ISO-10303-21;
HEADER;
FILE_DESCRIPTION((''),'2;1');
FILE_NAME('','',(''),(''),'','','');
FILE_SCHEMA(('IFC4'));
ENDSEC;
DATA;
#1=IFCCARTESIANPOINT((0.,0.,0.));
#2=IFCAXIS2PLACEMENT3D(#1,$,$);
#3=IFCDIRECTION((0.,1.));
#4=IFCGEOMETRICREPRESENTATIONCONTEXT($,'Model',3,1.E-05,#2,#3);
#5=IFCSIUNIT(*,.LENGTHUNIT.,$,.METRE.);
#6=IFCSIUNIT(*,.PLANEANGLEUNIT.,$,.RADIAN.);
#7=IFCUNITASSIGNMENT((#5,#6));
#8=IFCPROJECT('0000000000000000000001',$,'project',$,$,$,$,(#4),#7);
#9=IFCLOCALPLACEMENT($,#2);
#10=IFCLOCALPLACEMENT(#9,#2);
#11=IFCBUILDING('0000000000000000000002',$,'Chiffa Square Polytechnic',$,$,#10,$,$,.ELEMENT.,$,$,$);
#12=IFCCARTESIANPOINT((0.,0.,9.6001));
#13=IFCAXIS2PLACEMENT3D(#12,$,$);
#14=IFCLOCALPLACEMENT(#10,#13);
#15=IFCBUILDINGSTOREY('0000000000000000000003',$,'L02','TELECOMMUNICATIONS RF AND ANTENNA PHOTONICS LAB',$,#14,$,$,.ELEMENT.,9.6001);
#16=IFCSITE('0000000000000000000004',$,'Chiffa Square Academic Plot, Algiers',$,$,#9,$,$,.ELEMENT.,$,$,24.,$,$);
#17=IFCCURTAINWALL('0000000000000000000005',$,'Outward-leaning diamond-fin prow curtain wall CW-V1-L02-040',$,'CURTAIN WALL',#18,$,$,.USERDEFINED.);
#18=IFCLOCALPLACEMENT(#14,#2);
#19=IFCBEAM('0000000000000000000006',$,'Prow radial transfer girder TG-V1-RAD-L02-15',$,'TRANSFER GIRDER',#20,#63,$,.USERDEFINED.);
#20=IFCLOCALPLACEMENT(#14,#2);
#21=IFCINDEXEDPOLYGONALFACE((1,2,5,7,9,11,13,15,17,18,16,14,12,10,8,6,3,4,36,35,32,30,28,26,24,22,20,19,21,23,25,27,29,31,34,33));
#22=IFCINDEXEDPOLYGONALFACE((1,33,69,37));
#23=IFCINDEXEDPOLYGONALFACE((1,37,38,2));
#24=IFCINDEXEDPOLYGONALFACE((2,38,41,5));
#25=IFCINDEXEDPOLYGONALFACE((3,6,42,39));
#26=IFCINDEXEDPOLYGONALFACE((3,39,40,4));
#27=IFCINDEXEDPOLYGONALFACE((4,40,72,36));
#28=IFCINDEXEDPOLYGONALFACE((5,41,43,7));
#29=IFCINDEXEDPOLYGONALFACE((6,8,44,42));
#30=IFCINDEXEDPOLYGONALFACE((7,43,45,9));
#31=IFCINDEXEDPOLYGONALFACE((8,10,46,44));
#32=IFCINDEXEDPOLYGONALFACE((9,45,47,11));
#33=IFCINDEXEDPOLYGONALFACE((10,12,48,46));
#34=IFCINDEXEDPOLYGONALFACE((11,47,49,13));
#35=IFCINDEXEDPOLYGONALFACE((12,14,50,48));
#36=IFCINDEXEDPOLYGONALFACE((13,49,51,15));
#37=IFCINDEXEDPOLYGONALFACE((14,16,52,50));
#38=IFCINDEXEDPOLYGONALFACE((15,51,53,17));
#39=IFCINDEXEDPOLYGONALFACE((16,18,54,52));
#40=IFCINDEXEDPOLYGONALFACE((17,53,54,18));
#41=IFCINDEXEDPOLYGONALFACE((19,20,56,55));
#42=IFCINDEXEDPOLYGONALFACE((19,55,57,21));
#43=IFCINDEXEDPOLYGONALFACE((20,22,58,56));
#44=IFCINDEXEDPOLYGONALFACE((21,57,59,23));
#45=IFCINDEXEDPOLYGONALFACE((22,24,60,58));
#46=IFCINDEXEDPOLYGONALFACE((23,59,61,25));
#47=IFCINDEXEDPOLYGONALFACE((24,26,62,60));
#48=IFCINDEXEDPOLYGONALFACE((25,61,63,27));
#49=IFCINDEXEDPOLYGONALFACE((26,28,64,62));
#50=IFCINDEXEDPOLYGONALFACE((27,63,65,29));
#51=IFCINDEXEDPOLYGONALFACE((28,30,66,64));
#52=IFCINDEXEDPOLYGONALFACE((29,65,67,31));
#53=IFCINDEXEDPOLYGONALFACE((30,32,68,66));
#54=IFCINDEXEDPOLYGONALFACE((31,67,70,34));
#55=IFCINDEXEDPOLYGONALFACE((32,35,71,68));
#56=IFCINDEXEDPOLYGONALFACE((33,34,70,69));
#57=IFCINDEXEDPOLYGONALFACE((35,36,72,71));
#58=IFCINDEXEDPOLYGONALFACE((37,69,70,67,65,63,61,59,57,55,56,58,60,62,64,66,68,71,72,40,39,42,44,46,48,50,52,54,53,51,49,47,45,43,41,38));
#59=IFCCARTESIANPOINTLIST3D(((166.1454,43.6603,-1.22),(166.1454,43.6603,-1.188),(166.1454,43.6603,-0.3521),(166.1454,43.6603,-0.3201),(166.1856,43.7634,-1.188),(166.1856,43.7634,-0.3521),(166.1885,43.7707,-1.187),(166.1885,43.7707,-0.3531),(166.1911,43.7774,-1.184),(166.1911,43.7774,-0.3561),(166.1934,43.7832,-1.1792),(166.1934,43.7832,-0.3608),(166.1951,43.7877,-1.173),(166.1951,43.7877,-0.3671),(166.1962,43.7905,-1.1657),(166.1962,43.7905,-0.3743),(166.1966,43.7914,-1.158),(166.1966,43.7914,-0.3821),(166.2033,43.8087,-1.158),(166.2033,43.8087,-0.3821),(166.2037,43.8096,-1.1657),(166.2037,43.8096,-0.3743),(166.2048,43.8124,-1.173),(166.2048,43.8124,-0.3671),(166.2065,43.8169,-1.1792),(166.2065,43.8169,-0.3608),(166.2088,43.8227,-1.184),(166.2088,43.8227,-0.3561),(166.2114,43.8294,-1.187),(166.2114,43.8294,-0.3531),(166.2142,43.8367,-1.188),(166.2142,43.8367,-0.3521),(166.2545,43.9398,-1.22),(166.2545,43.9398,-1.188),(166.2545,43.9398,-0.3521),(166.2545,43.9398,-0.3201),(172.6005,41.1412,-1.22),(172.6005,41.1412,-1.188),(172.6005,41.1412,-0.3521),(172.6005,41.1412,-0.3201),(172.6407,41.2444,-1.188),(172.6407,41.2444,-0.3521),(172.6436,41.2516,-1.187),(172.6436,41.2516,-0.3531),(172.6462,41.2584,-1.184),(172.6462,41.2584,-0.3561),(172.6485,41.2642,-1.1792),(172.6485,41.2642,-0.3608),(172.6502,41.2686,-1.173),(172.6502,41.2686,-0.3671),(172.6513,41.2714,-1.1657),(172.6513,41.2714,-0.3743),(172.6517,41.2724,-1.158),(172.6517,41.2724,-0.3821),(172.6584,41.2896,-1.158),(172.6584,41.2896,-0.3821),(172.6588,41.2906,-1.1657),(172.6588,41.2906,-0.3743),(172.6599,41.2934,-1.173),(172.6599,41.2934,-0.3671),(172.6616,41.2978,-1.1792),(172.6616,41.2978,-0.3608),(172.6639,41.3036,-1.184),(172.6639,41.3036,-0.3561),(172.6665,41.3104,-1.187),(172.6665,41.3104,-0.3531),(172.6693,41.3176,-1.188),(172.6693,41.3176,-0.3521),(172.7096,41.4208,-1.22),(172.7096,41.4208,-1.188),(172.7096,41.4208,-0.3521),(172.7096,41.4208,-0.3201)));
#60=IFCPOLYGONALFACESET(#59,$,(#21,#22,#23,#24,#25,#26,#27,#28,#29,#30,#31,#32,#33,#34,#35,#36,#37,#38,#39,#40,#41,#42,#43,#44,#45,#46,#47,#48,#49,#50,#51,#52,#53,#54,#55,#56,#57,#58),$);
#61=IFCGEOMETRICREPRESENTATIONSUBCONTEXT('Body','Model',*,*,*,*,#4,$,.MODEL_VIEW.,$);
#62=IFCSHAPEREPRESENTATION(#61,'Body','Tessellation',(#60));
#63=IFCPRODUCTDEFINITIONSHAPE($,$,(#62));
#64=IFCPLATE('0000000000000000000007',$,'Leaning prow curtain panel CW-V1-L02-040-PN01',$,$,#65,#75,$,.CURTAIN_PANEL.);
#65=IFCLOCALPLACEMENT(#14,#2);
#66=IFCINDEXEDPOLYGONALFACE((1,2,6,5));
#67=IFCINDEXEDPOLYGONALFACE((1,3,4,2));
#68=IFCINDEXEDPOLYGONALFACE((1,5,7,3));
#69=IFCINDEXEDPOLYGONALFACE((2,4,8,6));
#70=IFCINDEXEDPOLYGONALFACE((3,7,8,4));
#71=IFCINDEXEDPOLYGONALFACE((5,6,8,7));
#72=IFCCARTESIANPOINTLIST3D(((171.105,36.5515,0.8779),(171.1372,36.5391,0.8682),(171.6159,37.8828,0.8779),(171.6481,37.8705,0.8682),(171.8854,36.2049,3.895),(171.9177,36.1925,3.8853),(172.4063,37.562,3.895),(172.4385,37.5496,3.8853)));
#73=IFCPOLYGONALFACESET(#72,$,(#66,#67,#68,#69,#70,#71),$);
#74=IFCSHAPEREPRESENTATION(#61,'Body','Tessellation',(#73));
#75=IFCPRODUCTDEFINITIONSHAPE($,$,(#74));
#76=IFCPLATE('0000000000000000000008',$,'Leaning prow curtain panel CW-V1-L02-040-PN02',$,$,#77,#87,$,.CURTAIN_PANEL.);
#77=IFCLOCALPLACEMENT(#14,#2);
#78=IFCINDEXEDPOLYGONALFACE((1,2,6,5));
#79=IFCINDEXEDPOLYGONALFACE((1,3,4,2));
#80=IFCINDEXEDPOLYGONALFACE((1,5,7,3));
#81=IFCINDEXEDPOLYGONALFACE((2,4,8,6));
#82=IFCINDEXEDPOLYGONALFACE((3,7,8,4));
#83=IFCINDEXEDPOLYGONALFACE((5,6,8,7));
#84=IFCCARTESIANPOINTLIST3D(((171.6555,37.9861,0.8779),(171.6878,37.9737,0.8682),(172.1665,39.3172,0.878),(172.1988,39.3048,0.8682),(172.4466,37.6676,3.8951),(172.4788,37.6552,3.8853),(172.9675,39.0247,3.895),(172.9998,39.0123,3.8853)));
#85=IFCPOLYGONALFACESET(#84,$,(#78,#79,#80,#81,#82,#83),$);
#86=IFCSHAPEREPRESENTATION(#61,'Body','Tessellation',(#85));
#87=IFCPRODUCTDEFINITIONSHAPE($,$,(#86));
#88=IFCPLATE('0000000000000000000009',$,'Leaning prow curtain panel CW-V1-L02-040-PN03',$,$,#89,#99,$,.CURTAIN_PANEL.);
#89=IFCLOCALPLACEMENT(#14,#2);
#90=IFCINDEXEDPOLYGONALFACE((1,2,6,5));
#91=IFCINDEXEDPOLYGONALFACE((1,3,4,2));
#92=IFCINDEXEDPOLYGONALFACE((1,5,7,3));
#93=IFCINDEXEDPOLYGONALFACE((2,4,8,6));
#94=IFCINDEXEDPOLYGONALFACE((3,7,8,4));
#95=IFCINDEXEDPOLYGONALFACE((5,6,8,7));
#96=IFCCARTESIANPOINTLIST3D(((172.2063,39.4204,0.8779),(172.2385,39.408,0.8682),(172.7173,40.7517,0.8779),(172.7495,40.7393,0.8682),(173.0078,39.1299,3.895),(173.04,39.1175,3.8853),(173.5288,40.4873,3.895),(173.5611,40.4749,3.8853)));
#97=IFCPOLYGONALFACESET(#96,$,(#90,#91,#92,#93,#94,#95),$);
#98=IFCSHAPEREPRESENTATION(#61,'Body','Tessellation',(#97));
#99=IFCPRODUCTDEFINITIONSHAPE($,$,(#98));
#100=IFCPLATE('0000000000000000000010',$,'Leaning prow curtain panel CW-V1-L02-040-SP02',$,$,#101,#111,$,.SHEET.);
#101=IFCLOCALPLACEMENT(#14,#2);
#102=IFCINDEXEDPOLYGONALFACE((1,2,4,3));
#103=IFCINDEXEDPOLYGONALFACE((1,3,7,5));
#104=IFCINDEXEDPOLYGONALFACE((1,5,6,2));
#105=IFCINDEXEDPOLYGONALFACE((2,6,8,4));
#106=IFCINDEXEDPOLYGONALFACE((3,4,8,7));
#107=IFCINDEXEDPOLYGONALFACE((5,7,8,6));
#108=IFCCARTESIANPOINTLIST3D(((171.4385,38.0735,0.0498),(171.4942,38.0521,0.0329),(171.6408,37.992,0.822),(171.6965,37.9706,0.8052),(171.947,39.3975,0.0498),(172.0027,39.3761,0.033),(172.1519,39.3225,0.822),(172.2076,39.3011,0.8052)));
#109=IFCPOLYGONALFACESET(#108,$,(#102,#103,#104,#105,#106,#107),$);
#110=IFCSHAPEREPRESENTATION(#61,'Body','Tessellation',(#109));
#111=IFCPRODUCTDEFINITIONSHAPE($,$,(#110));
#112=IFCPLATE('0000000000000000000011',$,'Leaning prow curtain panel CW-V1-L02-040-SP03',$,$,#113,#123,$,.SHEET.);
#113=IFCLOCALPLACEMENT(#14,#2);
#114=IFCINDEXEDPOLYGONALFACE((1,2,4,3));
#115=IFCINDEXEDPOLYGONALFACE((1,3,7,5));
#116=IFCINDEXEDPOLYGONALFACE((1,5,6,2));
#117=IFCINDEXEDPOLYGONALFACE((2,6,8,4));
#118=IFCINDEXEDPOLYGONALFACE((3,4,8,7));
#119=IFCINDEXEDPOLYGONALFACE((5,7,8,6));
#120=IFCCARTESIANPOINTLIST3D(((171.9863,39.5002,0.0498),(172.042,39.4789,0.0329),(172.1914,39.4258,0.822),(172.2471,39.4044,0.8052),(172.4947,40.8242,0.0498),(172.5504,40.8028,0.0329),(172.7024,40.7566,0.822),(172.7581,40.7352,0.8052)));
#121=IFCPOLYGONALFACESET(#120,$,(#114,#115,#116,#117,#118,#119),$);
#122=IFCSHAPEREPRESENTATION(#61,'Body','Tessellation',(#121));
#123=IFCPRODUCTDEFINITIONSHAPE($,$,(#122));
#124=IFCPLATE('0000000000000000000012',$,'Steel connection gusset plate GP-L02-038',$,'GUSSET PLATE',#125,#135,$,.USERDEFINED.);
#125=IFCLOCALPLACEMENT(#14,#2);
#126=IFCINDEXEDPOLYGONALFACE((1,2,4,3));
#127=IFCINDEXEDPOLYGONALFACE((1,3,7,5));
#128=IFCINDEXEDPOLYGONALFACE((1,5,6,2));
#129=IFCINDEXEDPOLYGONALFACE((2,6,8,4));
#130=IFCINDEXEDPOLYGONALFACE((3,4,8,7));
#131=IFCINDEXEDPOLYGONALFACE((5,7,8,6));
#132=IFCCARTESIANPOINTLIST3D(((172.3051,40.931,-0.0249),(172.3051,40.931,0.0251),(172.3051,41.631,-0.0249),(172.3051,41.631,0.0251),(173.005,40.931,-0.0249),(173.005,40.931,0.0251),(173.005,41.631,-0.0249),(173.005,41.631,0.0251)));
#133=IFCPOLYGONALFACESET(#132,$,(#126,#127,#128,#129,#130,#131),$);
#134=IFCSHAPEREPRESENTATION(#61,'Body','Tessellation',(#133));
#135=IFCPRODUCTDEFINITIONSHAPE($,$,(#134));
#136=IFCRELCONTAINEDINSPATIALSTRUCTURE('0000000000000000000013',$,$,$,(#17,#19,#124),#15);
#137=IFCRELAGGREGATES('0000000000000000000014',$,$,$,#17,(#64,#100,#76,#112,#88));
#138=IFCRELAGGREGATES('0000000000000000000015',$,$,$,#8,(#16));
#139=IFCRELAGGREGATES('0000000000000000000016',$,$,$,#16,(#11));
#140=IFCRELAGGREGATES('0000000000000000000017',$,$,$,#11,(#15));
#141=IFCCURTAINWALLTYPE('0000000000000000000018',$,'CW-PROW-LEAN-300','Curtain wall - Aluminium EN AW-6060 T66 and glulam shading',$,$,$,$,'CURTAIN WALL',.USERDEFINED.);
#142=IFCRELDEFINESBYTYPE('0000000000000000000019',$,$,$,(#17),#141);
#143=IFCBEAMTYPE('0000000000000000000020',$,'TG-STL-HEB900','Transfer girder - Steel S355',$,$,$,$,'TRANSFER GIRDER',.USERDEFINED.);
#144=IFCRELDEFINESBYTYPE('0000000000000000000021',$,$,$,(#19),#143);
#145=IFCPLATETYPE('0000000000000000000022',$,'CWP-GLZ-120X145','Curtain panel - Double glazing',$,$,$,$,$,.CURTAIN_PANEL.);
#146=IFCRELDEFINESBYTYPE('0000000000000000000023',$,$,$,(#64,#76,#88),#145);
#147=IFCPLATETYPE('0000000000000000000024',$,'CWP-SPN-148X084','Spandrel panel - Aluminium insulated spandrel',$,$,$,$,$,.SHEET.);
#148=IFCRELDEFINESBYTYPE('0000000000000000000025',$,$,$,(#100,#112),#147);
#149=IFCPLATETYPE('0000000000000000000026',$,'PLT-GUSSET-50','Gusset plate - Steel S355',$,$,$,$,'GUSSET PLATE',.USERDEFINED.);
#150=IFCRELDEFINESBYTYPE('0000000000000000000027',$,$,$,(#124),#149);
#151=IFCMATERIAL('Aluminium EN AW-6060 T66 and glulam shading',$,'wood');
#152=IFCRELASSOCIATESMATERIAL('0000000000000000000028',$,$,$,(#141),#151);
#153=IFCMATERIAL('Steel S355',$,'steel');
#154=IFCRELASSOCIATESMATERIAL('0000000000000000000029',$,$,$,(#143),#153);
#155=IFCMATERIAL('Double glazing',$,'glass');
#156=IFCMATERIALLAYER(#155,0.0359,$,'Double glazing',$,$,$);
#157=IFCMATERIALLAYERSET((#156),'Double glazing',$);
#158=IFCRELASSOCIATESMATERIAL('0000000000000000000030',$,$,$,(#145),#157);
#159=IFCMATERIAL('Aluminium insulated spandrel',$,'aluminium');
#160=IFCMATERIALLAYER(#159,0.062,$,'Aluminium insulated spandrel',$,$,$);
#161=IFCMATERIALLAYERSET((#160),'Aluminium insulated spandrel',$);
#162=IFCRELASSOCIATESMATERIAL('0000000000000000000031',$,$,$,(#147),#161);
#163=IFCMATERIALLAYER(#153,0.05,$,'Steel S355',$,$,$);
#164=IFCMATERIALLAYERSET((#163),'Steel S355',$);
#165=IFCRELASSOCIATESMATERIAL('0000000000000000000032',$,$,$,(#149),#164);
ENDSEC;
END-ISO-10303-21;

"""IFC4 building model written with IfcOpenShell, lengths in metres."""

from ifc_helpers import new_model, si_unit, direction, frame, origin, origin_2d, place, context, subcontext, project, spatial, polyline, rectangle, i_section, outline, extrude, material, layer, layer_set, material_profile, profile_set, type_object, element, aggregate, save


model = new_model("IFC4")

# Units and contexts
model_context = context("Model", 3, precision=1e-05, world=origin(), true_north=direction((0.0, 1.0)))
body_context = subcontext(model_context, "Body", "Model", "MODEL_VIEW")
ifc_project = project(units=[si_unit("LENGTHUNIT", "METRE"), si_unit("PLANEANGLEUNIT", "RADIAN")], contexts=[model_context])

# Site, building, storey
site_placement = place(None, origin())
site = spatial("IfcSite", under=ifc_project, at=site_placement, Name="Chiffa Square Academic Plot, Algiers", CompositionType="ELEMENT", RefElevation=24.0)
building_placement = place(site_placement, origin())
building = spatial("IfcBuilding", under=site, at=building_placement, Name="Chiffa Square Polytechnic", CompositionType="ELEMENT")
storey_placement = place(building_placement, frame((0.0, 0.0, 9.6001)))
storey = spatial("IfcBuildingStorey", under=building, at=storey_placement, Name="L02", Description="TELECOMMUNICATIONS RF AND ANTENNA PHOTONICS LAB", CompositionType="ELEMENT", Elevation=9.6001)

# Curtain wall
ifc_material_1 = material(Name="Aluminium EN AW-6060 T66 and glulam shading", Category="wood")
curtain_wall_type_1 = type_object("IfcCurtainWallType", Name="CW-PROW-LEAN-300", Description="Curtain wall - Aluminium EN AW-6060 T66 and glulam shading", ElementType="CURTAIN WALL", PredefinedType="USERDEFINED", material=ifc_material_1)
curtain_wall_1_placement = place(storey_placement, origin())
curtain_wall_1 = element("IfcCurtainWall", 1, at=curtain_wall_1_placement, inside=storey, type_object=curtain_wall_type_1, Name="Outward-leaning diamond-fin prow curtain wall CW-V1-L02-040", ObjectType="CURTAIN WALL", PredefinedType="USERDEFINED")

# Beam
ifc_material_2 = material(Name="Steel S355", Category="steel")
ifc_material_profile_1 = material_profile(ifc_material_2, i_section(OverallWidth=0.3, OverallDepth=0.8999, WebThickness=0.0186, FlangeThickness=0.032, FilletRadius=0.03, at=origin_2d()), Name="HEB 900")
ifc_profile_set_1 = profile_set([ifc_material_profile_1], Name="Steel S355")
beam_type = type_object("IfcBeamType", Name="TG-STL-HEB900", Description="Transfer girder - Steel S355", ElementType="TRANSFER GIRDER", PredefinedType="USERDEFINED", material=ifc_profile_set_1)
beam_1_placement = place(storey_placement, frame((172.655, 41.281, -0.77), z_axis=(-0.931578, 0.363541, 0.0), x_axis=(-0.363541, -0.931578, 0.0)))
element("IfcBeam", 2, at=beam_1_placement, inside=storey, type_object=beam_type, Name="Prow radial transfer girder TG-V1-RAD-L02-15", ObjectType="TRANSFER GIRDER", PredefinedType="USERDEFINED", context=body_context, shape_type="SweptSolid", body=[
    extrude(i_section(OverallWidth=0.3, OverallDepth=0.8999, WebThickness=0.0186, FlangeThickness=0.032, FilletRadius=0.03, at=origin_2d()), origin(), (0.0, 0.0, 1.0), 6.9292),
])

# Plates
ifc_material_3 = material(Name="Double glazing", Category="glass")
ifc_layer_1 = layer(ifc_material_3, 0.0359, Name="Double glazing")
ifc_layer_set_1 = layer_set([ifc_layer_1], Name="Double glazing")
plate_type_1 = type_object("IfcPlateType", Name="CWP-GLZ-120X145", Description="Curtain panel - Double glazing", PredefinedType="CURTAIN_PANEL", material=ifc_layer_set_1)
plate_1_placement = place(storey_placement, frame((171.105, 36.5515, 0.8779), z_axis=(-0.89841, 0.344777, 0.27201), x_axis=(0.35829, 0.93361, 0.000014)))
plate_1 = element("IfcPlate", 3, at=plate_1_placement, type_object=plate_type_1, Name="Leaning prow curtain panel CW-V1-L02-040-PN01", PredefinedType="CURTAIN_PANEL", context=body_context, shape_type="SweptSolid", body=[
    extrude(outline(polyline([(0.0, 0.0), (1.426, 0.0), (1.4097, -3.1353), (-0.044, -3.1353), (0.0, 0.0)])), origin(), (0.0, 0.0, -1.0), 0.0359),
])
plate_2_placement = place(storey_placement, frame((171.6555, 37.9861, 0.8779), z_axis=(-0.898387, 0.344881, 0.271954), x_axis=(0.3584, 0.933568, 0.000043)))
plate_2 = element("IfcPlate", 4, at=plate_2_placement, type_object=plate_type_1, Name="Leaning prow curtain panel CW-V1-L02-040-PN02", PredefinedType="CURTAIN_PANEL", context=body_context, shape_type="SweptSolid", body=[
    extrude(outline(polyline([(0.0, 0.0), (1.4259, 0.0), (1.4399, -3.1352), (-0.0137, -3.1353), (0.0, 0.0)])), origin(), (0.0, 0.0, -1.0), 0.0359),
])
plate_3_placement = place(storey_placement, frame((172.2063, 39.4204, 0.8779), z_axis=(-0.898428, 0.344834, 0.271877), x_axis=(0.358332, 0.933594, 0.000001)))
plate_3 = element("IfcPlate", 5, at=plate_3_placement, type_object=plate_type_1, Name="Leaning prow curtain panel CW-V1-L02-040-PN03", PredefinedType="CURTAIN_PANEL", context=body_context, shape_type="SweptSolid", body=[
    extrude(outline(polyline([(0.0, 0.0), (1.426, 0.0), (1.4699, -3.1352), (0.016, -3.1352), (0.0, 0.0)])), origin(), (0.0, 0.0, -1.0), 0.0359),
])
ifc_material_4 = material(Name="Aluminium insulated spandrel", Category="aluminium")
ifc_layer_2 = layer(ifc_material_4, 0.062, Name="Aluminium insulated spandrel")
ifc_layer_set_2 = layer_set([ifc_layer_2], Name="Aluminium insulated spandrel")
plate_type_2 = type_object("IfcPlateType", Name="CWP-SPN-148X084", Description="Spandrel panel - Aluminium insulated spandrel", PredefinedType="SHEET", material=ifc_layer_set_2)
plate_4_placement = place(storey_placement, frame((171.4385, 38.0735, 0.0498), z_axis=(-0.898363, 0.345035, 0.271836), x_axis=(0.358538, 0.933515, 0.000008)))
plate_4 = element("IfcPlate", 6, at=plate_4_placement, type_object=plate_type_2, Name="Leaning prow curtain panel CW-V1-L02-040-SP02", PredefinedType="SHEET", context=body_context, shape_type="SweptSolid", body=[
    extrude(outline(polyline([(0.0, 0.0), (1.4183, 0.0), (1.4218, -0.8024), (-0.0036, -0.8024), (0.0, 0.0)])), origin(), (0.0, 0.0, -1.0), 0.062),
])
plate_5_placement = place(storey_placement, frame((171.9863, 39.5002, 0.0498), z_axis=(-0.898389, 0.344931, 0.271882), x_axis=(0.358431, 0.933556, -0.000005)))
plate_5 = element("IfcPlate", 7, at=plate_5_placement, type_object=plate_type_2, Name="Leaning prow curtain panel CW-V1-L02-040-SP03", PredefinedType="SHEET", context=body_context, shape_type="SweptSolid", body=[
    extrude(outline(polyline([(0.0, 0.0), (1.4182, 0.0), (1.4295, -0.8025), (0.004, -0.8024), (0.0, 0.0)])), origin(), (0.0, 0.0, -1.0), 0.062),
])
aggregate(curtain_wall_1, [plate_1, plate_4, plate_2, plate_5, plate_3])
ifc_layer_3 = layer(ifc_material_2, 0.05, Name="Steel S355")
ifc_layer_set_3 = layer_set([ifc_layer_3], Name="Steel S355")
plate_type_3 = type_object("IfcPlateType", Name="PLT-GUSSET-50", Description="Gusset plate - Steel S355", ElementType="GUSSET PLATE", PredefinedType="USERDEFINED", material=ifc_layer_set_3)
plate_6_placement = place(storey_placement, frame((172.655, 41.281, -0.0249), z_axis=(0.0, 0.0, 1.0), x_axis=(1.0, 0.0, 0.0)))
element("IfcPlate", 8, at=plate_6_placement, inside=storey, type_object=plate_type_3, Name="Steel connection gusset plate GP-L02-038", ObjectType="GUSSET PLATE", PredefinedType="USERDEFINED", context=body_context, shape_type="SweptSolid", body=[
    extrude(rectangle(XDim=0.7, YDim=0.7, at=origin_2d()), origin(), (0.0, 0.0, 1.0), 0.05),
])

save(model, "model.ifc")
